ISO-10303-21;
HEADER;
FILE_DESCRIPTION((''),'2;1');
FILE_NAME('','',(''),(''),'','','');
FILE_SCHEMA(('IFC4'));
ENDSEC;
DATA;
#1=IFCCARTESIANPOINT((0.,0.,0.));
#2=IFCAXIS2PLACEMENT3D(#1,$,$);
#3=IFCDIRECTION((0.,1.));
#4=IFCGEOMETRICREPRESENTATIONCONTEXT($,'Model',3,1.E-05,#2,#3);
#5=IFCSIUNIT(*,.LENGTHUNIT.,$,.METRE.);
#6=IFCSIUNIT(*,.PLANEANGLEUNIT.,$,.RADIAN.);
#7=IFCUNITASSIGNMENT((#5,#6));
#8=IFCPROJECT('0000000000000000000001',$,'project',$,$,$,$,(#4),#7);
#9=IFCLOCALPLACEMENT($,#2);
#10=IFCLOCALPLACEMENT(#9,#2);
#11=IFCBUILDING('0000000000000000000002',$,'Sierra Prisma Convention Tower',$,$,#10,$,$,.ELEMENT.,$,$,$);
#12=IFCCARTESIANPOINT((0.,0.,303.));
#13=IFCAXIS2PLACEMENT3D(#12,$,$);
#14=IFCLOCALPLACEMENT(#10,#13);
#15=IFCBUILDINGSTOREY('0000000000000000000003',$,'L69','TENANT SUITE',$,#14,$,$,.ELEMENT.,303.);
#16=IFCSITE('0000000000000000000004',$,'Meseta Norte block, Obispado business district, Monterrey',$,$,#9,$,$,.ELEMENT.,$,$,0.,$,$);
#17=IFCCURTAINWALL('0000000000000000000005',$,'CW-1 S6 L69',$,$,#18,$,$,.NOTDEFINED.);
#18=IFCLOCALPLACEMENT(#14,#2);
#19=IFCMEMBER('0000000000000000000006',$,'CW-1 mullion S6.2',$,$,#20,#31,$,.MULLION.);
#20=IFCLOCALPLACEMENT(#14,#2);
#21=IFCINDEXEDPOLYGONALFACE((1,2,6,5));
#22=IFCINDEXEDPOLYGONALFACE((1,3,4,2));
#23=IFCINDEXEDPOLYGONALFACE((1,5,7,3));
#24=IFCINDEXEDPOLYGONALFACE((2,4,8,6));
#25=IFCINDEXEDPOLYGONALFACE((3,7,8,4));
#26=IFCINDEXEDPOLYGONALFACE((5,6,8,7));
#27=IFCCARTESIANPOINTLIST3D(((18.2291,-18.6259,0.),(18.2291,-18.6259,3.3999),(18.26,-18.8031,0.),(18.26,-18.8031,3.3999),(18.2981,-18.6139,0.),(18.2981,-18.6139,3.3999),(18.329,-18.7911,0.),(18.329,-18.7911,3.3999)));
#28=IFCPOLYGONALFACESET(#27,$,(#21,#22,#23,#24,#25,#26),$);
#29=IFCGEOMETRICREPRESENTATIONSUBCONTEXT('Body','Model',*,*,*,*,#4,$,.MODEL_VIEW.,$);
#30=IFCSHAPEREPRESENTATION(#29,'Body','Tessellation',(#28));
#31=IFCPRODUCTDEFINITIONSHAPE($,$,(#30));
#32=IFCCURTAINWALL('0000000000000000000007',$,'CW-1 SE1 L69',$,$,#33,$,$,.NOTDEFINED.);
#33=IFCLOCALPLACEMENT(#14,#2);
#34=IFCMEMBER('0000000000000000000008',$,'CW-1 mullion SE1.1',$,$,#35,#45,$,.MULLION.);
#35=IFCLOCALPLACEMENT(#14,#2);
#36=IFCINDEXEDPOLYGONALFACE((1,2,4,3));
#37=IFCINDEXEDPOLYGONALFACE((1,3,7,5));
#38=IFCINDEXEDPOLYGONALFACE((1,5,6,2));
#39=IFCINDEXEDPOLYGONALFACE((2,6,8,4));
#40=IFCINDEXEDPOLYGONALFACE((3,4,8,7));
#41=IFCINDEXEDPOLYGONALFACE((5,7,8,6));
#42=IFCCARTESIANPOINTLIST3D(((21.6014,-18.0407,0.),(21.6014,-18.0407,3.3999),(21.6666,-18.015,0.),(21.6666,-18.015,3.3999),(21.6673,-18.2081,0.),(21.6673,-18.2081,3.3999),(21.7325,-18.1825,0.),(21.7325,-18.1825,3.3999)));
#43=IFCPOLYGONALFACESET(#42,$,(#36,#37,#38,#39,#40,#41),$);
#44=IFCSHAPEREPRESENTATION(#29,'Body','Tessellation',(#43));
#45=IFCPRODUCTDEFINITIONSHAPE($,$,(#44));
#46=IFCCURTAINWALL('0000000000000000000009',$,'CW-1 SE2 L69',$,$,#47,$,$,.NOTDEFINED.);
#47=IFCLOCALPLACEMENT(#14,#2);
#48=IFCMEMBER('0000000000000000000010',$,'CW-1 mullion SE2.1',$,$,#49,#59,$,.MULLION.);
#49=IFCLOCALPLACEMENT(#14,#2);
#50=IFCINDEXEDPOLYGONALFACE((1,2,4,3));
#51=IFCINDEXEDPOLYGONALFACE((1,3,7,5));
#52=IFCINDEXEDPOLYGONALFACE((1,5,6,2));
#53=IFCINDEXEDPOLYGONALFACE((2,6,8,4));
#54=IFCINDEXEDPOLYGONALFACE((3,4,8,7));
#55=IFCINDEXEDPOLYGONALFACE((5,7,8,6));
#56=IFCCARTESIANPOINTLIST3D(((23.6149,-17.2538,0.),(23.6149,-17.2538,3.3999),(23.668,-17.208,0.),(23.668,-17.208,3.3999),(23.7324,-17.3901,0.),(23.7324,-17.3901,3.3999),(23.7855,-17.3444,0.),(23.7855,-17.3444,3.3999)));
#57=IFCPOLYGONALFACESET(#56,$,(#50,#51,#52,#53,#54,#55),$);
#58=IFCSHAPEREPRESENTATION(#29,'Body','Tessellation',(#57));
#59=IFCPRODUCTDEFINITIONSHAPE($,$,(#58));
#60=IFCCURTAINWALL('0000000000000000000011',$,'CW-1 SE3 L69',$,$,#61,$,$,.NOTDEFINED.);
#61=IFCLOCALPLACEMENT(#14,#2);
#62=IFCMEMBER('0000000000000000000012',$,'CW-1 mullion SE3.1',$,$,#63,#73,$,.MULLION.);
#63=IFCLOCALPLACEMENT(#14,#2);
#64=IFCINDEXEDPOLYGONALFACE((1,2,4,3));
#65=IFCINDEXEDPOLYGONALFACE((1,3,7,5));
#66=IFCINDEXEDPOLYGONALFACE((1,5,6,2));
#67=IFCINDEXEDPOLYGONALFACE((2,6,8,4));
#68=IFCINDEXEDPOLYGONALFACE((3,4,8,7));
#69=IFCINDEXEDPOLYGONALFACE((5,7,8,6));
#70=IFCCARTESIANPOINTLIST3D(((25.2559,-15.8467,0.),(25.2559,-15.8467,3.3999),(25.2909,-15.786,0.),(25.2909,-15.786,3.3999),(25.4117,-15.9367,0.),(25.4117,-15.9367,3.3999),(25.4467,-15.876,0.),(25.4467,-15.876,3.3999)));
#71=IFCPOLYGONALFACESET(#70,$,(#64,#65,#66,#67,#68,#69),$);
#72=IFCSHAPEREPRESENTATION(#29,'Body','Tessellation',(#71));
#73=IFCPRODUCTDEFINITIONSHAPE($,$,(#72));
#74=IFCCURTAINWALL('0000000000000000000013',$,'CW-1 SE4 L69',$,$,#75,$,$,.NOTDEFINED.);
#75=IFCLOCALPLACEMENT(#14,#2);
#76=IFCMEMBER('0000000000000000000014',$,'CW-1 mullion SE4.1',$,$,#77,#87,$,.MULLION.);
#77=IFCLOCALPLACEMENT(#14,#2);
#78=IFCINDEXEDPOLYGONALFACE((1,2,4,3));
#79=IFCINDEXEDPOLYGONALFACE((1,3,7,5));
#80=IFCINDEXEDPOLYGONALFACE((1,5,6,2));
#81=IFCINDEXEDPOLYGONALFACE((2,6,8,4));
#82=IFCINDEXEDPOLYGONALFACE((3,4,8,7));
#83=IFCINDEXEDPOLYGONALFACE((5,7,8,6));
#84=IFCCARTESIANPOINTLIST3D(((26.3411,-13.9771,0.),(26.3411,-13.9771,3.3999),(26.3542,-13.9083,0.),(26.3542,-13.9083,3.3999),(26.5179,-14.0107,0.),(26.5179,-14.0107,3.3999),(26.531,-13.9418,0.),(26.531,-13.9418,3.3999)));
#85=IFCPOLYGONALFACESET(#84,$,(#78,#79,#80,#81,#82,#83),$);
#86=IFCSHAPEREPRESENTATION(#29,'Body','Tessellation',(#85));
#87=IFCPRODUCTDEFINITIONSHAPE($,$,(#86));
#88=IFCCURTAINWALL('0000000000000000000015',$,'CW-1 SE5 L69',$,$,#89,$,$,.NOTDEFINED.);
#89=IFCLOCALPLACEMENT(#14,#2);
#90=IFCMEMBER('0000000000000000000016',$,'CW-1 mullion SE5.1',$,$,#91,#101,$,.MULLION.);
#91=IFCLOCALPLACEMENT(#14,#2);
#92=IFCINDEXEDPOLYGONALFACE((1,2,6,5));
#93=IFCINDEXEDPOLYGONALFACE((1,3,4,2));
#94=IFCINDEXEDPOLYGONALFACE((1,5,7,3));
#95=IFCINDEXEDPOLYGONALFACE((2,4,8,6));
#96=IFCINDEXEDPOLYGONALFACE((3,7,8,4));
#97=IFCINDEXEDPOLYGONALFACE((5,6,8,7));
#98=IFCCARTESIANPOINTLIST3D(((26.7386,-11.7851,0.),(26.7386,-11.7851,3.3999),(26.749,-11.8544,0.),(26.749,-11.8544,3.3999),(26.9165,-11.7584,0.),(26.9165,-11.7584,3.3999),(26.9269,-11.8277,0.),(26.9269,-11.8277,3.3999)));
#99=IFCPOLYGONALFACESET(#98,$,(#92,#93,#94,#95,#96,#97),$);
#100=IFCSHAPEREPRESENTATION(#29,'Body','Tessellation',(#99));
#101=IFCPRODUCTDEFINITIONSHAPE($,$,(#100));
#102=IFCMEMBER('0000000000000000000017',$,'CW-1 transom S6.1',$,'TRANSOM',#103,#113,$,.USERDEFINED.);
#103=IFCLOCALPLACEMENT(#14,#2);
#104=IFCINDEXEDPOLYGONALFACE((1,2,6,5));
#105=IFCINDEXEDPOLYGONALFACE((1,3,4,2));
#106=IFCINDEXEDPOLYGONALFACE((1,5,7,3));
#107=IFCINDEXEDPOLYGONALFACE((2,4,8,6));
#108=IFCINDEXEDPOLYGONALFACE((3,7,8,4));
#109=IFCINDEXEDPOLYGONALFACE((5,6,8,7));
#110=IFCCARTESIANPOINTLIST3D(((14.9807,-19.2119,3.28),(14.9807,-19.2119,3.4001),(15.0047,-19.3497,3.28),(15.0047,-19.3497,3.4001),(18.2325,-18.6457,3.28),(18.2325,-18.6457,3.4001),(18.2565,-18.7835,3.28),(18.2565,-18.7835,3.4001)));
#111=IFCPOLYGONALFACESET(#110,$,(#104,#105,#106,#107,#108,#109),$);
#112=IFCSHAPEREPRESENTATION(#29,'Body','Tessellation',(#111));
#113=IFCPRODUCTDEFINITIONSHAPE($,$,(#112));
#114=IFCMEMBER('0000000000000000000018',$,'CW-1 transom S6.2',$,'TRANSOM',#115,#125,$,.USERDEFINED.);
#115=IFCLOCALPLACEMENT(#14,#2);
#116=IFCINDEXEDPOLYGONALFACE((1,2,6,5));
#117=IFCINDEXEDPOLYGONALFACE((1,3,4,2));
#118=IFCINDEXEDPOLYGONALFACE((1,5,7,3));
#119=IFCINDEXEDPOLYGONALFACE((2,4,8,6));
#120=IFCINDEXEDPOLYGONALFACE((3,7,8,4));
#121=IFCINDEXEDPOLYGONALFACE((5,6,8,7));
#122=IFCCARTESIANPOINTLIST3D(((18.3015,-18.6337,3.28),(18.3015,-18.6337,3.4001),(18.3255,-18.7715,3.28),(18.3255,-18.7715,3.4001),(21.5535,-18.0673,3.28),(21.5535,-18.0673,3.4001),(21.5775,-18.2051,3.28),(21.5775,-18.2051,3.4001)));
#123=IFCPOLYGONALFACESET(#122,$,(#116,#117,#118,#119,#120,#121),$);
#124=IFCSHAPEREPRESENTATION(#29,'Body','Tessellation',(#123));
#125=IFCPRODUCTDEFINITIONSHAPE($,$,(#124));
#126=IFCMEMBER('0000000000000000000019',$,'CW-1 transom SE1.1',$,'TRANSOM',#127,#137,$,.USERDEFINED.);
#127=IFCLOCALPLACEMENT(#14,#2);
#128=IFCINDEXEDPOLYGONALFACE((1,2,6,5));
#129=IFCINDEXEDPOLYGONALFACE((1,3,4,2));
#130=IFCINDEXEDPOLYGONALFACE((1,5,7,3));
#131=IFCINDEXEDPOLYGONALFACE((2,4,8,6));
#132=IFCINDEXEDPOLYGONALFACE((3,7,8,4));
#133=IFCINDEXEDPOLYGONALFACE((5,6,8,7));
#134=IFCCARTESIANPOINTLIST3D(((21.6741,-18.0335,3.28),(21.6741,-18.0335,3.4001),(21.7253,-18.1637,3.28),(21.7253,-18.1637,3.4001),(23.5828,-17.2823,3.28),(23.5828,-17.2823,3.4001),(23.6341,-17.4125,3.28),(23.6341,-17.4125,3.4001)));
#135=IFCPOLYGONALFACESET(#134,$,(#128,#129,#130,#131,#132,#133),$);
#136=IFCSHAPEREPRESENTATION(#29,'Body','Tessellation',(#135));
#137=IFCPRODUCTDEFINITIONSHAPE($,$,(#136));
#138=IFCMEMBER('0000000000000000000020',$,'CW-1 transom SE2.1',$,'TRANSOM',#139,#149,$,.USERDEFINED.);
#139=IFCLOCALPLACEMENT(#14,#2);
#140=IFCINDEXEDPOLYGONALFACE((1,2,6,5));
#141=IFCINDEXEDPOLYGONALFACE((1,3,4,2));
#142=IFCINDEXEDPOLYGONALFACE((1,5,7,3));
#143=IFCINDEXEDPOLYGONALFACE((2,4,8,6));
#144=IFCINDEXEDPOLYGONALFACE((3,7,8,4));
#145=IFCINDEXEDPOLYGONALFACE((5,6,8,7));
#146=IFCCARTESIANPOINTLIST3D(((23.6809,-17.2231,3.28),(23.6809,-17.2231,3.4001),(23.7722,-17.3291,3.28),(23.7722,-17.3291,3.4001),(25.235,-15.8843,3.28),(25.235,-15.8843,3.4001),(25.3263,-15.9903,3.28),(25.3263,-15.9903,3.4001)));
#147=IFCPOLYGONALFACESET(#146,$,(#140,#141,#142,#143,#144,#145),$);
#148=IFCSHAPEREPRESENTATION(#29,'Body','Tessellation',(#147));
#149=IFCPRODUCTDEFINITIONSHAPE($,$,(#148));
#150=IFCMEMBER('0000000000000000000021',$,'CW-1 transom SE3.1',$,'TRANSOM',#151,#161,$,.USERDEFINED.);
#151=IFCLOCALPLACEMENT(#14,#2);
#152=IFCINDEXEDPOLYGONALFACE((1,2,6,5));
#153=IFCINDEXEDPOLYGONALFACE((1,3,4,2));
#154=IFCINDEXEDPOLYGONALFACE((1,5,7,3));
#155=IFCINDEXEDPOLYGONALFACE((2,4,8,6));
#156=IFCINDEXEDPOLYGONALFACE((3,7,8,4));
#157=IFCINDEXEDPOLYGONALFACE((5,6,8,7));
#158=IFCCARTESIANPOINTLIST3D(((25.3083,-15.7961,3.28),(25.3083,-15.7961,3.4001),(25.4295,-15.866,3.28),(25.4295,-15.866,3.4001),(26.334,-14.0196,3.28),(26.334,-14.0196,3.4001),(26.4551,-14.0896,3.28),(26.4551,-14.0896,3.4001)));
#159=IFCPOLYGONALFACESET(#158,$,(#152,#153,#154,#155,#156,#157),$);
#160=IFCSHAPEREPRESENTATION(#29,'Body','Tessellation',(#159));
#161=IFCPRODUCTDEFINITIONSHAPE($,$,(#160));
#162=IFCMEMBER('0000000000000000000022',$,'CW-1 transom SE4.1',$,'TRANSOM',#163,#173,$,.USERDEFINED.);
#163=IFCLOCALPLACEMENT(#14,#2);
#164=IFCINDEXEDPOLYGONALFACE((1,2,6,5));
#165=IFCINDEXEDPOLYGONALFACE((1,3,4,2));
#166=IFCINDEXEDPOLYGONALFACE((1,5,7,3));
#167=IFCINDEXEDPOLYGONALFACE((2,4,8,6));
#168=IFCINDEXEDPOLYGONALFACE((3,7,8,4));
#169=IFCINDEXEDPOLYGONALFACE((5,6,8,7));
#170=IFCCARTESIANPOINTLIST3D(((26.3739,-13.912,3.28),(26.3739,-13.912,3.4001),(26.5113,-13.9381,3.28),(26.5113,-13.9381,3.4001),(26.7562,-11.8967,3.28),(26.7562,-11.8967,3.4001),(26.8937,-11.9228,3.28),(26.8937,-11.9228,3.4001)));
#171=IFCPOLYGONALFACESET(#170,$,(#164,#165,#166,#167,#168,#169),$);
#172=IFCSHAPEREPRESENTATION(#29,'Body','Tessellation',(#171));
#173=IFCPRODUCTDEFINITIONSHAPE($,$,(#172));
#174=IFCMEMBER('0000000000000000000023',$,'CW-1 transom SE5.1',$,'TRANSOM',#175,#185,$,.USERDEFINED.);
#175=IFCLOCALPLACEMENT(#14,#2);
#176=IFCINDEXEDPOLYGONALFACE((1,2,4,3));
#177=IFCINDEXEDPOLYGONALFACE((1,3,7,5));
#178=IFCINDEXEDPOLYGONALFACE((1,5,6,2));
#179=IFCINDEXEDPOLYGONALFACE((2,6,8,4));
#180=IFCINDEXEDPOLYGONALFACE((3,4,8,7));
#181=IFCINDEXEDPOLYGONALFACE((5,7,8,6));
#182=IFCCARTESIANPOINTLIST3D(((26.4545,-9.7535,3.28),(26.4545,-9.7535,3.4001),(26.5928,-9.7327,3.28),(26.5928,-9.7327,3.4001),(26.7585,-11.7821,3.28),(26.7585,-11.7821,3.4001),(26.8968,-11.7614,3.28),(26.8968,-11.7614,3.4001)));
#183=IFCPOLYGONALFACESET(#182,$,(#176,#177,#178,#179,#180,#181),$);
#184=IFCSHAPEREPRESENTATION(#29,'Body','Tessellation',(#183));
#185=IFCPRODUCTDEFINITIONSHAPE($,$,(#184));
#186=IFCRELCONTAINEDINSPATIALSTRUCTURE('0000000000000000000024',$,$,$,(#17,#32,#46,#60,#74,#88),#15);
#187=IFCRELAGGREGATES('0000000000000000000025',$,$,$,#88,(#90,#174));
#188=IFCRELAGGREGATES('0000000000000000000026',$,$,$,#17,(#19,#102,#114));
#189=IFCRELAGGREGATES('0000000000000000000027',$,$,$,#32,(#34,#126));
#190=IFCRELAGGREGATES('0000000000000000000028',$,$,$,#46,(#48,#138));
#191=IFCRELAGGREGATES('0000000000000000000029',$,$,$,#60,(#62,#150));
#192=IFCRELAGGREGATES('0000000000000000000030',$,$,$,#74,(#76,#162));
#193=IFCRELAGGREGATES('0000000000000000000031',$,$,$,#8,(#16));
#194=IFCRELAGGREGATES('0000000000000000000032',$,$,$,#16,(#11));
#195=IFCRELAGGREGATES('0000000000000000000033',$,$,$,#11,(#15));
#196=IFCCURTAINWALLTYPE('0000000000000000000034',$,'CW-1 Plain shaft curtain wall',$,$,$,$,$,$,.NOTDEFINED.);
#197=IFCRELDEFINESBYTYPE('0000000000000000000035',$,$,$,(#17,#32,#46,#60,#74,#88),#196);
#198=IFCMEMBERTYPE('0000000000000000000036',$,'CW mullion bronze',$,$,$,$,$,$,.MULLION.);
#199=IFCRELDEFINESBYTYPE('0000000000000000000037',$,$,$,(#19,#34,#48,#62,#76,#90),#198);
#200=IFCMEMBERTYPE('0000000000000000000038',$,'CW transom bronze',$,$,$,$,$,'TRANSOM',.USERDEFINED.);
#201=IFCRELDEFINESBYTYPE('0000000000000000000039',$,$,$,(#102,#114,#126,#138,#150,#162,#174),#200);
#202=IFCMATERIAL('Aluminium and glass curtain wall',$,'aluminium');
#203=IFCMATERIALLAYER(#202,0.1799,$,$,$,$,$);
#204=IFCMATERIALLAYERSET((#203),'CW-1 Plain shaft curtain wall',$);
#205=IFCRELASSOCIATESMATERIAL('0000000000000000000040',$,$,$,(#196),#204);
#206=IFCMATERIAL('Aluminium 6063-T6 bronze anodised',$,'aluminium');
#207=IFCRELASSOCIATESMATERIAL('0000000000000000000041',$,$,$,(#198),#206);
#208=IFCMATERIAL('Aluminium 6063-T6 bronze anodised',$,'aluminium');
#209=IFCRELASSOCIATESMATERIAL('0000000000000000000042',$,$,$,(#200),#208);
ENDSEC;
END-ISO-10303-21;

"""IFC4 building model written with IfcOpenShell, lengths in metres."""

from ifc_helpers import new_model, si_unit, direction, frame, origin, origin_2d, place, context, subcontext, project, spatial, rectangle, extrude, material, layer, layer_set, material_profile, profile_set, type_object, element, aggregate, save


model = new_model("IFC4")

# Units and contexts
model_context = context("Model", 3, precision=1e-05, world=origin(), true_north=direction((0.0, 1.0)))
body_context = subcontext(model_context, "Body", "Model", "MODEL_VIEW")
ifc_project = project(units=[si_unit("LENGTHUNIT", "METRE"), si_unit("PLANEANGLEUNIT", "RADIAN")], contexts=[model_context])

# Site, building, storey
site_placement = place(None, origin())
site = spatial("IfcSite", under=ifc_project, at=site_placement, Name="Meseta Norte block, Obispado business district, Monterrey", CompositionType="ELEMENT", RefElevation=0.0)
building_placement = place(site_placement, origin())
building = spatial("IfcBuilding", under=site, at=building_placement, Name="Sierra Prisma Convention Tower", CompositionType="ELEMENT")
storey_placement = place(building_placement, frame((0.0, 0.0, 303.0)))
storey = spatial("IfcBuildingStorey", under=building, at=storey_placement, Name="L69", Description="TENANT SUITE", CompositionType="ELEMENT", Elevation=303.0)

# Curtain walls, members
ifc_material_1 = material(Name="Aluminium and glass curtain wall", Category="aluminium")
ifc_layer_1 = layer(ifc_material_1, 0.1799)
ifc_layer_set_1 = layer_set([ifc_layer_1], Name="CW-1 Plain shaft curtain wall")
curtain_wall_type = type_object("IfcCurtainWallType", Name="CW-1 Plain shaft curtain wall", PredefinedType="NOTDEFINED", material=ifc_layer_set_1)
curtain_wall_1_placement = place(storey_placement, origin())
curtain_wall_1 = element("IfcCurtainWall", 1, at=curtain_wall_1_placement, inside=storey, type_object=curtain_wall_type, Name="CW-1 S6 L69", PredefinedType="NOTDEFINED")
ifc_material_2 = material(Name="Aluminium 6063-T6 bronze anodised", Category="aluminium")
ifc_material_profile_1 = material_profile(ifc_material_2, rectangle(XDim=0.1799, YDim=0.0701, at=origin_2d()), Name="ALU MULLION 70x180")
ifc_profile_set_1 = profile_set([ifc_material_profile_1], Name="Aluminium 6063-T6 bronze anodised")
member_type_1 = type_object("IfcMemberType", Name="CW mullion bronze", PredefinedType="MULLION", material=ifc_profile_set_1)
member_1_placement = place(storey_placement, frame((18.2791, -18.7085, 0.0), z_axis=(0.0, 0.0, 1.0), x_axis=(-0.171532, 0.985179, 0.0)))
member_1 = element("IfcMember", 2, at=member_1_placement, type_object=member_type_1, Name="CW-1 mullion S6.2", PredefinedType="MULLION", context=body_context, shape_type="SweptSolid", body=[
    extrude(rectangle(XDim=0.1799, YDim=0.0701, at=origin_2d()), origin(), (0.0, 0.0, 1.0), 3.3999),
])
curtain_wall_2_placement = place(storey_placement, origin())
curtain_wall_2 = element("IfcCurtainWall", 3, at=curtain_wall_2_placement, inside=storey, type_object=curtain_wall_type, Name="CW-1 SE1 L69", PredefinedType="NOTDEFINED")
member_2_placement = place(storey_placement, frame((21.667, -18.1116, 0.0), z_axis=(0.0, 0.0, 1.0), x_axis=(-0.366206, 0.930534, 0.0)))
member_2 = element("IfcMember", 4, at=member_2_placement, type_object=member_type_1, Name="CW-1 mullion SE1.1", PredefinedType="MULLION", context=body_context, shape_type="SweptSolid", body=[
    extrude(rectangle(XDim=0.1799, YDim=0.0701, at=origin_2d()), origin(), (0.0, 0.0, 1.0), 3.3999),
])
curtain_wall_3_placement = place(storey_placement, origin())
curtain_wall_3 = element("IfcCurtainWall", 5, at=curtain_wall_3_placement, inside=storey, type_object=curtain_wall_type, Name="CW-1 SE2 L69", PredefinedType="NOTDEFINED")
member_3_placement = place(storey_placement, frame((23.7002, -17.2991, 0.0), z_axis=(0.0, 0.0, 1.0), x_axis=(-0.65264, 0.757669, 0.0)))
member_3 = element("IfcMember", 6, at=member_3_placement, type_object=member_type_1, Name="CW-1 mullion SE2.1", PredefinedType="MULLION", context=body_context, shape_type="SweptSolid", body=[
    extrude(rectangle(XDim=0.1799, YDim=0.0701, at=origin_2d()), origin(), (0.0, 0.0, 1.0), 3.3999),
])
curtain_wall_4_placement = place(storey_placement, origin())
curtain_wall_4 = element("IfcCurtainWall", 7, at=curtain_wall_4_placement, inside=storey, type_object=curtain_wall_type, Name="CW-1 SE3 L69", PredefinedType="NOTDEFINED")
member_4_placement = place(storey_placement, frame((25.3513, -15.8613, 0.0), z_axis=(0.0, 0.0, 1.0), x_axis=(-0.866025, 0.5, 0.0)))
member_4 = element("IfcMember", 8, at=member_4_placement, type_object=member_type_1, Name="CW-1 mullion SE3.1", PredefinedType="MULLION", context=body_context, shape_type="SweptSolid", body=[
    extrude(rectangle(XDim=0.1799, YDim=0.0701, at=origin_2d()), origin(), (0.0, 0.0, 1.0), 3.3999),
])
curtain_wall_5_placement = place(storey_placement, origin())
curtain_wall_5 = element("IfcCurtainWall", 9, at=curtain_wall_5_placement, inside=storey, type_object=curtain_wall_type, Name="CW-1 SE4 L69", PredefinedType="NOTDEFINED")
member_5_placement = place(storey_placement, frame((26.436, -13.9595, 0.0), z_axis=(0.0, 0.0, 1.0), x_axis=(-0.98248, 0.186368, 0.0)))
member_5 = element("IfcMember", 10, at=member_5_placement, type_object=member_type_1, Name="CW-1 mullion SE4.1", PredefinedType="MULLION", context=body_context, shape_type="SweptSolid", body=[
    extrude(rectangle(XDim=0.1799, YDim=0.0701, at=origin_2d()), origin(), (0.0, 0.0, 1.0), 3.3999),
])
curtain_wall_6_placement = place(storey_placement, origin())
curtain_wall_6 = element("IfcCurtainWall", 11, at=curtain_wall_6_placement, inside=storey, type_object=curtain_wall_type, Name="CW-1 SE5 L69", PredefinedType="NOTDEFINED")
member_6_placement = place(storey_placement, frame((26.8328, -11.8064, 0.0), z_axis=(0.0, 0.0, 1.0), x_axis=(-0.988969, -0.148123, 0.0)))
member_6 = element("IfcMember", 12, at=member_6_placement, type_object=member_type_1, Name="CW-1 mullion SE5.1", PredefinedType="MULLION", context=body_context, shape_type="SweptSolid", body=[
    extrude(rectangle(XDim=0.1799, YDim=0.0701, at=origin_2d()), origin(), (0.0, 0.0, 1.0), 3.3999),
])

# Members
ifc_material_3 = material(Name="Aluminium 6063-T6 bronze anodised", Category="aluminium")
ifc_material_profile_2 = material_profile(ifc_material_3, rectangle(XDim=0.1399, YDim=0.1201, at=origin_2d()), Name="ALU TRANSOM 120x140")
ifc_profile_set_2 = profile_set([ifc_material_profile_2], Name="Aluminium 6063-T6 bronze anodised")
member_type_2 = type_object("IfcMemberType", Name="CW transom bronze", ElementType="TRANSOM", PredefinedType="USERDEFINED", material=ifc_profile_set_2)
member_7_placement = place(storey_placement, frame((14.9927, -19.2808, 3.3401), z_axis=(0.985181, 0.171519, 0.0), x_axis=(-0.171519, 0.985181, 0.0)))
member_7 = element("IfcMember", 13, at=member_7_placement, type_object=member_type_2, Name="CW-1 transom S6.1", ObjectType="TRANSOM", PredefinedType="USERDEFINED", context=body_context, shape_type="SweptSolid", body=[
    extrude(rectangle(XDim=0.1399, YDim=0.1201, at=origin_2d()), origin(), (0.0, 0.0, 1.0), 3.3008),
])
member_8_placement = place(storey_placement, frame((18.3135, -18.7026, 3.3401), z_axis=(0.985168, 0.171591, 0.0), x_axis=(-0.171591, 0.985168, 0.0)))
member_8 = element("IfcMember", 14, at=member_8_placement, type_object=member_type_2, Name="CW-1 transom S6.2", ObjectType="TRANSOM", PredefinedType="USERDEFINED", context=body_context, shape_type="SweptSolid", body=[
    extrude(rectangle(XDim=0.1399, YDim=0.1201, at=origin_2d()), origin(), (0.0, 0.0, 1.0), 3.301),
])
member_9_placement = place(storey_placement, frame((21.6997, -18.0986, 3.3401), z_axis=(0.930523, 0.366234, 0.0), x_axis=(-0.366234, 0.930523, 0.0)))
member_9 = element("IfcMember", 15, at=member_9_placement, type_object=member_type_2, Name="CW-1 transom SE1.1", ObjectType="TRANSOM", PredefinedType="USERDEFINED", context=body_context, shape_type="SweptSolid", body=[
    extrude(rectangle(XDim=0.1399, YDim=0.1201, at=origin_2d()), origin(), (0.0, 0.0, 1.0), 2.0513),
])
member_10_placement = place(storey_placement, frame((23.7266, -17.2761, 3.3401), z_axis=(0.757641, 0.652671, 0.0), x_axis=(-0.652671, 0.757641, 0.0)))
member_10 = element("IfcMember", 16, at=member_10_placement, type_object=member_type_2, Name="CW-1 transom SE2.1", ObjectType="TRANSOM", PredefinedType="USERDEFINED", context=body_context, shape_type="SweptSolid", body=[
    extrude(rectangle(XDim=0.1399, YDim=0.1201, at=origin_2d()), origin(), (0.0, 0.0, 1.0), 2.0513),
])
member_11_placement = place(storey_placement, frame((25.3689, -15.8311, 3.3401), z_axis=(0.500018, 0.866015, 0.0), x_axis=(-0.866015, 0.500018, 0.0)))
member_11 = element("IfcMember", 17, at=member_11_placement, type_object=member_type_2, Name="CW-1 transom SE3.1", ObjectType="TRANSOM", PredefinedType="USERDEFINED", context=body_context, shape_type="SweptSolid", body=[
    extrude(rectangle(XDim=0.1399, YDim=0.1201, at=origin_2d()), origin(), (0.0, 0.0, 1.0), 2.0513),
])
member_12_placement = place(storey_placement, frame((26.4426, -13.925, 3.3401), z_axis=(0.186379, 0.982478, 0.0), x_axis=(-0.982478, 0.186379, 0.0)))
member_12 = element("IfcMember", 18, at=member_12_placement, type_object=member_type_2, Name="CW-1 transom SE4.1", ObjectType="TRANSOM", PredefinedType="USERDEFINED", context=body_context, shape_type="SweptSolid", body=[
    extrude(rectangle(XDim=0.1399, YDim=0.1201, at=origin_2d()), origin(), (0.0, 0.0, 1.0), 2.0513),
])
member_13_placement = place(storey_placement, frame((26.8276, -11.7717, 3.3401), z_axis=(-0.148183, 0.98896, 0.0), x_axis=(-0.98896, -0.148183, 0.0)))
member_13 = element("IfcMember", 19, at=member_13_placement, type_object=member_type_2, Name="CW-1 transom SE5.1", ObjectType="TRANSOM", PredefinedType="USERDEFINED", context=body_context, shape_type="SweptSolid", body=[
    extrude(rectangle(XDim=0.1399, YDim=0.1201, at=origin_2d()), origin(), (0.0, 0.0, 1.0), 2.0513),
])
aggregate(curtain_wall_6, [member_6, member_13])

aggregate(curtain_wall_1, [member_1, member_7, member_8])
aggregate(curtain_wall_2, [member_2, member_9])
aggregate(curtain_wall_3, [member_3, member_10])
aggregate(curtain_wall_4, [member_4, member_11])
aggregate(curtain_wall_5, [member_5, member_12])

save(model, "model.ifc")
